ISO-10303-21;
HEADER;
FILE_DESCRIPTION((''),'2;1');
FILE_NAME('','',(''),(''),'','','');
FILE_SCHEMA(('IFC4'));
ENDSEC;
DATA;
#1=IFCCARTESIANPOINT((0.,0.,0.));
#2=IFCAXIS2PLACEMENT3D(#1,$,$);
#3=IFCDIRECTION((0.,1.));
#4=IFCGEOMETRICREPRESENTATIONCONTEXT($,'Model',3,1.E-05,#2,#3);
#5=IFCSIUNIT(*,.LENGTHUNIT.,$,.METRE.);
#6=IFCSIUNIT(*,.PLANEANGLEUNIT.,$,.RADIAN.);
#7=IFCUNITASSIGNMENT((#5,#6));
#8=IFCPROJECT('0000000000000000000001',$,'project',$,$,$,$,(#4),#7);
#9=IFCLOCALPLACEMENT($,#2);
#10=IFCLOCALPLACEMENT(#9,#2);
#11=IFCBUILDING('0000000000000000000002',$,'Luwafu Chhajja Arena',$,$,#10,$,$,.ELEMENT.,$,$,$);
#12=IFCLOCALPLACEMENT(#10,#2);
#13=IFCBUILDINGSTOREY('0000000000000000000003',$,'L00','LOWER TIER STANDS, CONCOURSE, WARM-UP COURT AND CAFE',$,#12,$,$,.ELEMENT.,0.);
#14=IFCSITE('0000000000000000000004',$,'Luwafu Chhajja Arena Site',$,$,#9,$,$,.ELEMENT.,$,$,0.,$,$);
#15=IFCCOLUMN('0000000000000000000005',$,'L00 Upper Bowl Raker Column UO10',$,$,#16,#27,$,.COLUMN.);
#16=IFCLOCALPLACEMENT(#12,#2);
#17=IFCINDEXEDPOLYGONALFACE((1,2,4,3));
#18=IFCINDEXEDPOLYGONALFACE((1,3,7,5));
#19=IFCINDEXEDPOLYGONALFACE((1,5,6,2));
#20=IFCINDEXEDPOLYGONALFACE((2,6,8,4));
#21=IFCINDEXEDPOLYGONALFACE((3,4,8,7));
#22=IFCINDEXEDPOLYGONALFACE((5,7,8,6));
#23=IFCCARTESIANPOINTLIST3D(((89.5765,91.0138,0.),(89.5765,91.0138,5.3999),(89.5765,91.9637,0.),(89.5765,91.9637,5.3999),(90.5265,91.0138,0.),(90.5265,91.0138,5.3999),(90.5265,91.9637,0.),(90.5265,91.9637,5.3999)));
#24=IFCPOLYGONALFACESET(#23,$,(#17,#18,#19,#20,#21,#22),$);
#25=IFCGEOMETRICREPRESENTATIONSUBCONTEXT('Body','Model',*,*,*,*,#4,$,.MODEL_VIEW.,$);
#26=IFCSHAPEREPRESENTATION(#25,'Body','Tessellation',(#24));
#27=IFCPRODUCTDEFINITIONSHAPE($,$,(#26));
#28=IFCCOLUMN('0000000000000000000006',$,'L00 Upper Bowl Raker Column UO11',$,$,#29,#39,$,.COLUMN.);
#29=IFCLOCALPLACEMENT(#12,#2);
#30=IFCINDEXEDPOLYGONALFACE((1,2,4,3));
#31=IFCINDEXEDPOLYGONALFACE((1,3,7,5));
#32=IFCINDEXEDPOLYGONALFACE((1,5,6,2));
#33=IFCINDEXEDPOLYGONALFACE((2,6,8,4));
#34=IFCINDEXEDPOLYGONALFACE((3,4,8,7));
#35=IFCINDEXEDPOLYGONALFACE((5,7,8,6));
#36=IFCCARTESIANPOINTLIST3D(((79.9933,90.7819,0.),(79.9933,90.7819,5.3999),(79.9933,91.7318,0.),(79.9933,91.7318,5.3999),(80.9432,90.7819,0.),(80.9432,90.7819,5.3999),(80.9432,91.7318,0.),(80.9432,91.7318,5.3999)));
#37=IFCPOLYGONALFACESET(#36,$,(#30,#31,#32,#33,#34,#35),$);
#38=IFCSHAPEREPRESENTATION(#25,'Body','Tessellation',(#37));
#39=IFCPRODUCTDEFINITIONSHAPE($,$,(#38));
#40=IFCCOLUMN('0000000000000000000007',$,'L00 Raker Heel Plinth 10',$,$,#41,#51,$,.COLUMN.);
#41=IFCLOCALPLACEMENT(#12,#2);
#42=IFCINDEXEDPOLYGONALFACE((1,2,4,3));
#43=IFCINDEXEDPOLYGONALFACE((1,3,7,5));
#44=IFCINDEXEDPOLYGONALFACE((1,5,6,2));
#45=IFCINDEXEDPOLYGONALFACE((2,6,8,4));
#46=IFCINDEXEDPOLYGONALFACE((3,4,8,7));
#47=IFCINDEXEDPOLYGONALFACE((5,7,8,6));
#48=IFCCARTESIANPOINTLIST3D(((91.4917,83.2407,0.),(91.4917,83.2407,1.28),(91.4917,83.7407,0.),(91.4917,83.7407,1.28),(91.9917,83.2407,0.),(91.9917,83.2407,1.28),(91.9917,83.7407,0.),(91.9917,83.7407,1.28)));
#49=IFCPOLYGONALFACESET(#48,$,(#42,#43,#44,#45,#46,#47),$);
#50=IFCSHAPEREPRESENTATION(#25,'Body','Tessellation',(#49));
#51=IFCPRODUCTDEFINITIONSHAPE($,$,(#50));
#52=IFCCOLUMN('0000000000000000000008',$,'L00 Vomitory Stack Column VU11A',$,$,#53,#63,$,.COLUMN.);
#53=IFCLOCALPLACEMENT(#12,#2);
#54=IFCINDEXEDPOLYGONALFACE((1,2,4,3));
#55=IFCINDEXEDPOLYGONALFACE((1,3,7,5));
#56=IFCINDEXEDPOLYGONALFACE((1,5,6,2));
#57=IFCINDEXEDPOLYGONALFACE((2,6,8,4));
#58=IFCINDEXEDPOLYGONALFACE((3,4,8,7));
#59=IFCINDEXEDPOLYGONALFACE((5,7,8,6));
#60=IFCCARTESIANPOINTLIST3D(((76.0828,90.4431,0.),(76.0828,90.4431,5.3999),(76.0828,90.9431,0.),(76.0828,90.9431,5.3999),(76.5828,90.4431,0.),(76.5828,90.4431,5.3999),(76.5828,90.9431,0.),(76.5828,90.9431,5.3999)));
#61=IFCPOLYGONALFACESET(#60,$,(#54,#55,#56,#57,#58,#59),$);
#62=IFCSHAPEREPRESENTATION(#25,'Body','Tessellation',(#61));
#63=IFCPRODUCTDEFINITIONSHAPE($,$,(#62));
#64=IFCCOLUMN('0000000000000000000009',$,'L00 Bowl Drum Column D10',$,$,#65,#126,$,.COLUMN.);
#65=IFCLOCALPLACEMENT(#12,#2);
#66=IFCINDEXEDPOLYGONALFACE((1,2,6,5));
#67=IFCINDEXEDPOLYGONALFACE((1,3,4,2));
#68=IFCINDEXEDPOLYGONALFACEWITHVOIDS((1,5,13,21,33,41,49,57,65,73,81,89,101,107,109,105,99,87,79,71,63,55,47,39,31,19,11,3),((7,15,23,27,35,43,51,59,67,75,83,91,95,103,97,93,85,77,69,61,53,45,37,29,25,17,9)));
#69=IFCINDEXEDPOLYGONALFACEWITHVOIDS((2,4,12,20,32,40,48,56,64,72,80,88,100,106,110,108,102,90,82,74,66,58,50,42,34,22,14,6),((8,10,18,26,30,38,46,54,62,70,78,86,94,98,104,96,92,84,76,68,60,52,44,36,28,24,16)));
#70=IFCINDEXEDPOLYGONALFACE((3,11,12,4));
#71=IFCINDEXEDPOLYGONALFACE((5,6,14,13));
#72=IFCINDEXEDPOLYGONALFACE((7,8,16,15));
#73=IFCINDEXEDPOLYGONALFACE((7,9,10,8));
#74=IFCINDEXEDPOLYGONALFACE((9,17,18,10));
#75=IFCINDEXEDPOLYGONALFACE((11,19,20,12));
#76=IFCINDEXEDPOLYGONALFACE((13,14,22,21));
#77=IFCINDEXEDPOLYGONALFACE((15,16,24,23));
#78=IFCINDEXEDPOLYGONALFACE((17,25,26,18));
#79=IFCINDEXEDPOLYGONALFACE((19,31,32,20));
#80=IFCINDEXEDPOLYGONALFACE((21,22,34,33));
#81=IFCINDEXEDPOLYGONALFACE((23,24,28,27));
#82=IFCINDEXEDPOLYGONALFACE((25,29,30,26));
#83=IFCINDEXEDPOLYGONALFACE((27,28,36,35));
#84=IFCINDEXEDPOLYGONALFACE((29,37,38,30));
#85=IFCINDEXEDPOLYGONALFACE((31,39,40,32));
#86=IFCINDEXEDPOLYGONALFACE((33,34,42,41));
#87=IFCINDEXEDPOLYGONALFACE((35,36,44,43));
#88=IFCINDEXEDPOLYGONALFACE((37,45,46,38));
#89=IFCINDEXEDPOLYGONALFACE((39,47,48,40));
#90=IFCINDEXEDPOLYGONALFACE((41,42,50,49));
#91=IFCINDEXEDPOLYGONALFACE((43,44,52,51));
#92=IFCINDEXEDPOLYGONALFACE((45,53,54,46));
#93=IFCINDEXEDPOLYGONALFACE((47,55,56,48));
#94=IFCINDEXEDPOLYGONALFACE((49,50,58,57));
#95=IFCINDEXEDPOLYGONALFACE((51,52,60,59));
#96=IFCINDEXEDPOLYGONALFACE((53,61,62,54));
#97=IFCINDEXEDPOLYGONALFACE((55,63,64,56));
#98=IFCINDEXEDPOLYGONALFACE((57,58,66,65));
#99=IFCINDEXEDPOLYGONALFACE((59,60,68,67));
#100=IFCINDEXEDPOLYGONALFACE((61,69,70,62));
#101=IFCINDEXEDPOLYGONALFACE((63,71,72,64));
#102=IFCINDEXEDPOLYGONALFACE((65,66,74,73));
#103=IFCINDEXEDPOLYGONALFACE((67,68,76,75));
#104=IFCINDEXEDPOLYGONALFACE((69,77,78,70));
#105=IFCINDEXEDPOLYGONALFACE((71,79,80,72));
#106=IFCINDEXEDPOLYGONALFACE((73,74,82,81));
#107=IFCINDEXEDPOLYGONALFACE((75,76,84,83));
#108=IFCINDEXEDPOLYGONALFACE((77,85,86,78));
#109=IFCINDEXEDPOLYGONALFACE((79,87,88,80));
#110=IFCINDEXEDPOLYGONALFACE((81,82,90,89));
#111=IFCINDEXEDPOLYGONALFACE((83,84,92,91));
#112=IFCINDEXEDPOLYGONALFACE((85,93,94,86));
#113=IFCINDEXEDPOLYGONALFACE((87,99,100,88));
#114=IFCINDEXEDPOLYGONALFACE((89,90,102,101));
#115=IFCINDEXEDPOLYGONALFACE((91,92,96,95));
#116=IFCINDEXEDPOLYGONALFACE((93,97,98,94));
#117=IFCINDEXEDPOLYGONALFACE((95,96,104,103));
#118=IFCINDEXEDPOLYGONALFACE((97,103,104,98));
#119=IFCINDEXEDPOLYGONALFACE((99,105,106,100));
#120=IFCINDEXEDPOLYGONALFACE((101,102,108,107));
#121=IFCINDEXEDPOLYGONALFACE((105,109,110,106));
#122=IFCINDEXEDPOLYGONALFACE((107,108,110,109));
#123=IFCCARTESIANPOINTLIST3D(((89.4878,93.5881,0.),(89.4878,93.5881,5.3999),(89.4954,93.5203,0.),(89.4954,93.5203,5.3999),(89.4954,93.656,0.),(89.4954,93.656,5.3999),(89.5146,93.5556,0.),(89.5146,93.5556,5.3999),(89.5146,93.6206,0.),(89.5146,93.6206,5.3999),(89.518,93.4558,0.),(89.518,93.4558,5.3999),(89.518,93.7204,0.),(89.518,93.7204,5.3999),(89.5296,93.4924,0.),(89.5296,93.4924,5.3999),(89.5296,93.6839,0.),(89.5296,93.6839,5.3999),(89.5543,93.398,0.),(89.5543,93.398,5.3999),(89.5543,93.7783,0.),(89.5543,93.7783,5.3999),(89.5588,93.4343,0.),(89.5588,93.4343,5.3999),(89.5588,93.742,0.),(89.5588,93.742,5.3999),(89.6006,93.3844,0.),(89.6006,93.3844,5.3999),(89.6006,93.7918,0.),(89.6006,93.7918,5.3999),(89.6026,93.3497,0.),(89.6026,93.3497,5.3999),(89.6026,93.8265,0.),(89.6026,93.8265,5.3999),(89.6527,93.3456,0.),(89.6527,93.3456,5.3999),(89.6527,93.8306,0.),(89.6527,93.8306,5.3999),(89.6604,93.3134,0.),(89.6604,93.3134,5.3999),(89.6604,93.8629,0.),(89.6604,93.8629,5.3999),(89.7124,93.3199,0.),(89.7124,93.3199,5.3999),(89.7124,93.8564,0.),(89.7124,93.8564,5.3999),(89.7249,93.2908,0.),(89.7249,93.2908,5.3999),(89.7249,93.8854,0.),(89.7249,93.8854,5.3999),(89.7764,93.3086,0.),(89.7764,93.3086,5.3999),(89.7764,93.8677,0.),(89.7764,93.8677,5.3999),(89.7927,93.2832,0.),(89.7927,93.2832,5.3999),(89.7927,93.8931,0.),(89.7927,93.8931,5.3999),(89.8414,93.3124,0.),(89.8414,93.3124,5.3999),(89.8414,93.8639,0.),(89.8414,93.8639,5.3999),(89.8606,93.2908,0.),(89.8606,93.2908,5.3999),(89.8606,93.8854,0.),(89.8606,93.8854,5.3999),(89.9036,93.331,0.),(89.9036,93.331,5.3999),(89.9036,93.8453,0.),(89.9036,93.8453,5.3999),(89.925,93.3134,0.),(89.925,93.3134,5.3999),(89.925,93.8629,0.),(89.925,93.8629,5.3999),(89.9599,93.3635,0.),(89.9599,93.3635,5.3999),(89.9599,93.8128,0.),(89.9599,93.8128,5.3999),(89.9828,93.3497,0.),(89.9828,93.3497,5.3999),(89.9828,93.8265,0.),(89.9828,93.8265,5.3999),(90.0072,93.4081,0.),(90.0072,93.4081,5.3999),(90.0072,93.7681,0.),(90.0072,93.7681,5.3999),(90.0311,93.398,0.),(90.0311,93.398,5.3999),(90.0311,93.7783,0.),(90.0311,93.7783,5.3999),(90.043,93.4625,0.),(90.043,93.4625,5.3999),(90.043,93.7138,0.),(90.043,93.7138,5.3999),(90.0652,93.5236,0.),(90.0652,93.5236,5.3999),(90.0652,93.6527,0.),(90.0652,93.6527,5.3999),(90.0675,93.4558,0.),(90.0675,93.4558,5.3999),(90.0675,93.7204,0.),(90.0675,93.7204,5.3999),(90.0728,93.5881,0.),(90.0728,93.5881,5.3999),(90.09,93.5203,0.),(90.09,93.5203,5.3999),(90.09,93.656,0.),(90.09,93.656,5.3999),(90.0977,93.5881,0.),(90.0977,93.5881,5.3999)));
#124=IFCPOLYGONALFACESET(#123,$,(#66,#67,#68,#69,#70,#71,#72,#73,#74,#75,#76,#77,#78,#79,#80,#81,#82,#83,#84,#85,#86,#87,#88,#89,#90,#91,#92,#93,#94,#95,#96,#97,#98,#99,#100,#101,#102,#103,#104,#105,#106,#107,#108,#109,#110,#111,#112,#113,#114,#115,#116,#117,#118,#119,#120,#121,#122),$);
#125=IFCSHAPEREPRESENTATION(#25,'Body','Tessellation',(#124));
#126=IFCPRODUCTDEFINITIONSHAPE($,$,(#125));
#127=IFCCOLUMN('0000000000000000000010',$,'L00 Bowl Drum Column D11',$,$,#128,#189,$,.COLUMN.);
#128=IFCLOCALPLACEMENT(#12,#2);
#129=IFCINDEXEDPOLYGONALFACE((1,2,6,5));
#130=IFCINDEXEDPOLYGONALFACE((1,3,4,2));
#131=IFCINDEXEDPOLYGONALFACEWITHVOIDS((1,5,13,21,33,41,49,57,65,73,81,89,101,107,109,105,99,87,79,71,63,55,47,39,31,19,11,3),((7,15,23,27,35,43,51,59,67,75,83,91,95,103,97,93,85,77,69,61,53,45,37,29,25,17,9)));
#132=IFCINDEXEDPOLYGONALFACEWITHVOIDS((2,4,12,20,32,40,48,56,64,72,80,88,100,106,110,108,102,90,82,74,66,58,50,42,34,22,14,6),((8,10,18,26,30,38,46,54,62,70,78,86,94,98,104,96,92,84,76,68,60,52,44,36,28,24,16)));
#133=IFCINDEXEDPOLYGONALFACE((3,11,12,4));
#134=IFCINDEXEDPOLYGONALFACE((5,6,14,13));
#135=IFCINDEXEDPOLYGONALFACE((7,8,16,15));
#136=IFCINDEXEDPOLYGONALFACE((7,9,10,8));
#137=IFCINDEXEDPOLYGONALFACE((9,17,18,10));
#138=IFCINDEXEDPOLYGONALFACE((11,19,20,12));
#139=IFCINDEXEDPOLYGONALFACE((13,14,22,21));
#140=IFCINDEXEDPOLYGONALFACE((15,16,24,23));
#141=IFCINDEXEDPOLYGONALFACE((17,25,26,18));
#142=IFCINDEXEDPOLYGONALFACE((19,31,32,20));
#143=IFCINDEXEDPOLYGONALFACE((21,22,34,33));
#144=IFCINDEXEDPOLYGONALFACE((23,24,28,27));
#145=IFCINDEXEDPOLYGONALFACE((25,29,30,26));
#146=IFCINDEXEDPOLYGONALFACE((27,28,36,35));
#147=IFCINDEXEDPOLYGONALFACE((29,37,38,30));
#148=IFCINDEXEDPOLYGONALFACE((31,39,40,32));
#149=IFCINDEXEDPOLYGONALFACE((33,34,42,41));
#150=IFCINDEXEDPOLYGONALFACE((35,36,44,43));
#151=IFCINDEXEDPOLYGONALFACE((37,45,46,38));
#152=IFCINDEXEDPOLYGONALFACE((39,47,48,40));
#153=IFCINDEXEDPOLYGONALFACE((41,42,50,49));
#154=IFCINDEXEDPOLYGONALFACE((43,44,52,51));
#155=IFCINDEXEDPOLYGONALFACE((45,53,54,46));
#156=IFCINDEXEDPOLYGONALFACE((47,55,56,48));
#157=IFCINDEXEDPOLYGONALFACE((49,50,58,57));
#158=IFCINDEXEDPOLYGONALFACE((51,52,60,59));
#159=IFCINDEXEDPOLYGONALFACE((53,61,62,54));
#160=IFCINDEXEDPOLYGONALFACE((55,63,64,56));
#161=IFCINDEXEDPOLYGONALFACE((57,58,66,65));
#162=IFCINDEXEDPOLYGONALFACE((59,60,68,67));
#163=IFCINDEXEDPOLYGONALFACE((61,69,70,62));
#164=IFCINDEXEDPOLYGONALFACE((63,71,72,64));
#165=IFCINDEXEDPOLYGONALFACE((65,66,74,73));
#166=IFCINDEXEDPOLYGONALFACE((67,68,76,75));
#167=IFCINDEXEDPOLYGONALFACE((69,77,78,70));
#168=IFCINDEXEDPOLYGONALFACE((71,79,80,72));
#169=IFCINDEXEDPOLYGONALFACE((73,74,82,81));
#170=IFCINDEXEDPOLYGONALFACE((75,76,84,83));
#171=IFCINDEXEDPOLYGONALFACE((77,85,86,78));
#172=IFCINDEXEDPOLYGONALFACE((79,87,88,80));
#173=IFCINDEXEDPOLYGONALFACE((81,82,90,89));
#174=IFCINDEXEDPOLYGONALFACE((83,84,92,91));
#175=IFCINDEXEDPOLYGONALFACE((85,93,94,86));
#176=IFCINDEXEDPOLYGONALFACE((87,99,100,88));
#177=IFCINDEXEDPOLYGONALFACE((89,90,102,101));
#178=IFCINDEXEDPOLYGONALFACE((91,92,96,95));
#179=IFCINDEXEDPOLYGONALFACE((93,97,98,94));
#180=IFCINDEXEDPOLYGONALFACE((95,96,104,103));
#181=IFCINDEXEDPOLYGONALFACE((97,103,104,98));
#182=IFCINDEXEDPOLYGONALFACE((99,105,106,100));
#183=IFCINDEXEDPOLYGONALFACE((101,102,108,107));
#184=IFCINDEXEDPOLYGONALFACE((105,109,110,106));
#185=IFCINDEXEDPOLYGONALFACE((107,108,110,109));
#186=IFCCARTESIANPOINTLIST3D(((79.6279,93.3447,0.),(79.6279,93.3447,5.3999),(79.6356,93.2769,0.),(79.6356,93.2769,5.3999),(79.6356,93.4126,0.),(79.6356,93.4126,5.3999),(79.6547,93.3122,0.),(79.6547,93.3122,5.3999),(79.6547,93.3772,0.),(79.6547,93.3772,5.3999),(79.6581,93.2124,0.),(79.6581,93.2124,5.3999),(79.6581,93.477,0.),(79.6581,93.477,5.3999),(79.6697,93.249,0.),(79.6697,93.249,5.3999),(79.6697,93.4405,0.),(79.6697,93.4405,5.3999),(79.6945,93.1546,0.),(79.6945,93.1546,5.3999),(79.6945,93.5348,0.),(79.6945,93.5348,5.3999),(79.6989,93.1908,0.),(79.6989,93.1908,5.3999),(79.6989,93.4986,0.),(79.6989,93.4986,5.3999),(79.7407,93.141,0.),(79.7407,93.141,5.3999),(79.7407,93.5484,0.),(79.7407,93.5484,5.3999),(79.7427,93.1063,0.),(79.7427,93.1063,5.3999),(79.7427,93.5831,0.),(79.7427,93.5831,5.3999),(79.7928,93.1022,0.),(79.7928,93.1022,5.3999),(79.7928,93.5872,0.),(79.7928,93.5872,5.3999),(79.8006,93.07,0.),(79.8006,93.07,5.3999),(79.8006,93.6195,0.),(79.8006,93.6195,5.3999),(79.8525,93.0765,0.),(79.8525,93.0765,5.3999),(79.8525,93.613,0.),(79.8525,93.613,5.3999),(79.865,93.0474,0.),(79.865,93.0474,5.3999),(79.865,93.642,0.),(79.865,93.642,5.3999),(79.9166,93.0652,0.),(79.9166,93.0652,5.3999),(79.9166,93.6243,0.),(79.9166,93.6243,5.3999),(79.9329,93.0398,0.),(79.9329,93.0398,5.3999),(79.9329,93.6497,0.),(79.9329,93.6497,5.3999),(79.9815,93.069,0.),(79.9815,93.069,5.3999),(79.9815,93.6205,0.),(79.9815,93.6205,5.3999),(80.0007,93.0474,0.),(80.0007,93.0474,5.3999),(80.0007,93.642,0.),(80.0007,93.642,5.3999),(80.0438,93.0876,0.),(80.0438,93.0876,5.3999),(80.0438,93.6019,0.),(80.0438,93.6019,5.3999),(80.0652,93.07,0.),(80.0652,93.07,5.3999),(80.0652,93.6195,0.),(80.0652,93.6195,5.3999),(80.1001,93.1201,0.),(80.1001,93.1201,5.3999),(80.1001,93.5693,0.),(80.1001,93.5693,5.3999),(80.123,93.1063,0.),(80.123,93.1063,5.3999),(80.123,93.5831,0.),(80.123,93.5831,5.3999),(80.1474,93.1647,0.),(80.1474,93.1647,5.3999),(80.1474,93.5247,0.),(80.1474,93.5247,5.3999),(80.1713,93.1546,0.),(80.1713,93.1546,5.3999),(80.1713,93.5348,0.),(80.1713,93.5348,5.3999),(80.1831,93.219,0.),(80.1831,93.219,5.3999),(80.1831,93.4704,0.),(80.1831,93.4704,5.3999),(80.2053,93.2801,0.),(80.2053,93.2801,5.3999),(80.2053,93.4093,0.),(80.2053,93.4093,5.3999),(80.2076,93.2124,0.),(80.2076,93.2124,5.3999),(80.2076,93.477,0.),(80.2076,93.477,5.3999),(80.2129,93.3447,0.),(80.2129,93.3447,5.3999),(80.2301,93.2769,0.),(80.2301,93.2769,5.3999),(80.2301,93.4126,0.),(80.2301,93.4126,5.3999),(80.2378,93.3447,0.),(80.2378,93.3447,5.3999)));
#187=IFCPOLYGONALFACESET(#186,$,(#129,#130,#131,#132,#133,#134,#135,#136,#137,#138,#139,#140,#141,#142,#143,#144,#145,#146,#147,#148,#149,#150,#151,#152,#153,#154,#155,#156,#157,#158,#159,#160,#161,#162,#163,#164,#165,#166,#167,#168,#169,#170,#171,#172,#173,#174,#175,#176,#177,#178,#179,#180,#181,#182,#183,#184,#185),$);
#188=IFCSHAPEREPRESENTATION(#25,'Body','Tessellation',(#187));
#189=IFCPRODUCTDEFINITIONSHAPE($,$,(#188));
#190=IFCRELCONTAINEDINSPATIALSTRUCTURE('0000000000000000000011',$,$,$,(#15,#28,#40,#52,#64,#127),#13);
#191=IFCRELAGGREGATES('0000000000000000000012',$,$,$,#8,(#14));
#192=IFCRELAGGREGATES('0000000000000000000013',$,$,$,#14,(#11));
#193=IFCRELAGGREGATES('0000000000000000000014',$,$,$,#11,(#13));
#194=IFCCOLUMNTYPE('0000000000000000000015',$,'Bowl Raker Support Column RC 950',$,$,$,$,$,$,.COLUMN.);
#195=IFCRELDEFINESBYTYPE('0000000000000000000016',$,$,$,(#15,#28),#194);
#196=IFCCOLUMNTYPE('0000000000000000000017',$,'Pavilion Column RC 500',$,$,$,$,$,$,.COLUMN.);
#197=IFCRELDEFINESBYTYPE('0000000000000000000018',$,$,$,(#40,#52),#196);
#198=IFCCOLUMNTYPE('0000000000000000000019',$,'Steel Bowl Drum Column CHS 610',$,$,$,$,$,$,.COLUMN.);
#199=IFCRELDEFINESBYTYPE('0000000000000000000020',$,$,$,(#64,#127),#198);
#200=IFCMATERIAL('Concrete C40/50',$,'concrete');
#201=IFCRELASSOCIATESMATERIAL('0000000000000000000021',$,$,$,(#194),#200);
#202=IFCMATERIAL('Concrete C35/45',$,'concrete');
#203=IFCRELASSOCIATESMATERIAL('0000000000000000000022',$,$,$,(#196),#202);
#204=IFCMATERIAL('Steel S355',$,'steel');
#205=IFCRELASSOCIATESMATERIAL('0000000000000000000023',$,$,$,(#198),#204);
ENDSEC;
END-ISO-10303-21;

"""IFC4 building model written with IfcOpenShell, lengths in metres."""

from ifc_helpers import new_model, si_unit, direction, frame, origin, origin_2d, place, context, subcontext, project, spatial, rectangle, hollow_circle, extrude, material, material_profile, profile_set, type_object, element, save


model = new_model("IFC4")

# Units and contexts
model_context = context("Model", 3, precision=1e-05, world=origin(), true_north=direction((0.0, 1.0)))
body_context = subcontext(model_context, "Body", "Model", "MODEL_VIEW")
ifc_project = project(units=[si_unit("LENGTHUNIT", "METRE"), si_unit("PLANEANGLEUNIT", "RADIAN")], contexts=[model_context])

# Site, building, storey
site_placement = place(None, origin())
site = spatial("IfcSite", under=ifc_project, at=site_placement, Name="Luwafu Chhajja Arena Site", CompositionType="ELEMENT", RefElevation=0.0)
building_placement = place(site_placement, origin())
building = spatial("IfcBuilding", under=site, at=building_placement, Name="Luwafu Chhajja Arena", CompositionType="ELEMENT")
storey_placement = place(building_placement, origin())
storey = spatial("IfcBuildingStorey", under=building, at=storey_placement, Name="L00", Description="LOWER TIER STANDS, CONCOURSE, WARM-UP COURT AND CAFE", CompositionType="ELEMENT", Elevation=0.0)

# Columns
ifc_material_1 = material(Name="Concrete C40/50", Category="concrete")
ifc_material_profile_1 = material_profile(ifc_material_1, rectangle(XDim=0.95, YDim=0.95, at=origin_2d()), Name="RC 950x950")
ifc_profile_set_1 = profile_set([ifc_material_profile_1], Name="Concrete C40/50")
column_type_1 = type_object("IfcColumnType", Name="Bowl Raker Support Column RC 950", PredefinedType="COLUMN", material=ifc_profile_set_1)
for number, where, z_axis, x_axis, name in (
    (1, (90.0515, 91.4888, 0.0), (0.0, 0.0, 1.0), (1.0, 0.0, 0.0), "L00 Upper Bowl Raker Column UO10"),
    (2, (80.4683, 91.2568, 0.0), (0.0, 0.0, 1.0), (1.0, 0.0, 0.0), "L00 Upper Bowl Raker Column UO11"),
):
    element("IfcColumn", number, at=place(storey_placement, frame(where, z_axis=z_axis, x_axis=x_axis)), inside=storey, type_object=column_type_1, Name=name, PredefinedType="COLUMN", context=body_context, shape_type="SweptSolid", body=[
        extrude(rectangle(XDim=0.95, YDim=0.95, at=origin_2d()), origin(), (0.0, 0.0, 1.0), 5.3999),
    ])
ifc_material_2 = material(Name="Concrete C35/45", Category="concrete")
ifc_material_profile_2 = material_profile(ifc_material_2, rectangle(XDim=0.5, YDim=0.5, at=origin_2d()), Name="RC 500x500")
ifc_profile_set_2 = profile_set([ifc_material_profile_2], Name="Concrete C35/45")
column_type_2 = type_object("IfcColumnType", Name="Pavilion Column RC 500", PredefinedType="COLUMN", material=ifc_profile_set_2)
column_1_placement = place(storey_placement, frame((91.7417, 83.4907, 0.0), z_axis=(0.0, 0.0, 1.0), x_axis=(1.0, 0.0, 0.0)))
element("IfcColumn", 3, at=column_1_placement, inside=storey, type_object=column_type_2, Name="L00 Raker Heel Plinth 10", PredefinedType="COLUMN", context=body_context, shape_type="SweptSolid", body=[
    extrude(rectangle(XDim=0.5, YDim=0.5, at=origin_2d()), origin(), (0.0, 0.0, 1.0), 1.28),
])
column_2_placement = place(storey_placement, frame((76.3328, 90.6931, 0.0), z_axis=(0.0, 0.0, 1.0), x_axis=(1.0, 0.0, 0.0)))
element("IfcColumn", 4, at=column_2_placement, inside=storey, type_object=column_type_2, Name="L00 Vomitory Stack Column VU11A", PredefinedType="COLUMN", context=body_context, shape_type="SweptSolid", body=[
    extrude(rectangle(XDim=0.5, YDim=0.5, at=origin_2d()), origin(), (0.0, 0.0, 1.0), 5.3999),
])
ifc_material_3 = material(Name="Steel S355", Category="steel")
ifc_material_profile_3 = material_profile(ifc_material_3, hollow_circle(Radius=0.3049, WallThickness=0.0249, at=origin_2d()), Name="CHS 610x25")
ifc_profile_set_3 = profile_set([ifc_material_profile_3], Name="Steel S355")
column_type_3 = type_object("IfcColumnType", Name="Steel Bowl Drum Column CHS 610", PredefinedType="COLUMN", material=ifc_profile_set_3)
for number, where, z_axis, x_axis, name in (
    (5, (89.7927, 93.5881, 0.0), (0.0, 0.0, 1.0), (1.0, 0.0, 0.0), "L00 Bowl Drum Column D10"),
    (6, (79.9329, 93.3447, 0.0), (0.0, 0.0, 1.0), (1.0, 0.0, 0.0), "L00 Bowl Drum Column D11"),
):
    element("IfcColumn", number, at=place(storey_placement, frame(where, z_axis=z_axis, x_axis=x_axis)), inside=storey, type_object=column_type_3, Name=name, PredefinedType="COLUMN", context=body_context, shape_type="SweptSolid", body=[
        extrude(hollow_circle(Radius=0.3049, WallThickness=0.0249, at=origin_2d()), origin(), (0.0, 0.0, 1.0), 5.3999),
    ])

save(model, "model.ifc")
